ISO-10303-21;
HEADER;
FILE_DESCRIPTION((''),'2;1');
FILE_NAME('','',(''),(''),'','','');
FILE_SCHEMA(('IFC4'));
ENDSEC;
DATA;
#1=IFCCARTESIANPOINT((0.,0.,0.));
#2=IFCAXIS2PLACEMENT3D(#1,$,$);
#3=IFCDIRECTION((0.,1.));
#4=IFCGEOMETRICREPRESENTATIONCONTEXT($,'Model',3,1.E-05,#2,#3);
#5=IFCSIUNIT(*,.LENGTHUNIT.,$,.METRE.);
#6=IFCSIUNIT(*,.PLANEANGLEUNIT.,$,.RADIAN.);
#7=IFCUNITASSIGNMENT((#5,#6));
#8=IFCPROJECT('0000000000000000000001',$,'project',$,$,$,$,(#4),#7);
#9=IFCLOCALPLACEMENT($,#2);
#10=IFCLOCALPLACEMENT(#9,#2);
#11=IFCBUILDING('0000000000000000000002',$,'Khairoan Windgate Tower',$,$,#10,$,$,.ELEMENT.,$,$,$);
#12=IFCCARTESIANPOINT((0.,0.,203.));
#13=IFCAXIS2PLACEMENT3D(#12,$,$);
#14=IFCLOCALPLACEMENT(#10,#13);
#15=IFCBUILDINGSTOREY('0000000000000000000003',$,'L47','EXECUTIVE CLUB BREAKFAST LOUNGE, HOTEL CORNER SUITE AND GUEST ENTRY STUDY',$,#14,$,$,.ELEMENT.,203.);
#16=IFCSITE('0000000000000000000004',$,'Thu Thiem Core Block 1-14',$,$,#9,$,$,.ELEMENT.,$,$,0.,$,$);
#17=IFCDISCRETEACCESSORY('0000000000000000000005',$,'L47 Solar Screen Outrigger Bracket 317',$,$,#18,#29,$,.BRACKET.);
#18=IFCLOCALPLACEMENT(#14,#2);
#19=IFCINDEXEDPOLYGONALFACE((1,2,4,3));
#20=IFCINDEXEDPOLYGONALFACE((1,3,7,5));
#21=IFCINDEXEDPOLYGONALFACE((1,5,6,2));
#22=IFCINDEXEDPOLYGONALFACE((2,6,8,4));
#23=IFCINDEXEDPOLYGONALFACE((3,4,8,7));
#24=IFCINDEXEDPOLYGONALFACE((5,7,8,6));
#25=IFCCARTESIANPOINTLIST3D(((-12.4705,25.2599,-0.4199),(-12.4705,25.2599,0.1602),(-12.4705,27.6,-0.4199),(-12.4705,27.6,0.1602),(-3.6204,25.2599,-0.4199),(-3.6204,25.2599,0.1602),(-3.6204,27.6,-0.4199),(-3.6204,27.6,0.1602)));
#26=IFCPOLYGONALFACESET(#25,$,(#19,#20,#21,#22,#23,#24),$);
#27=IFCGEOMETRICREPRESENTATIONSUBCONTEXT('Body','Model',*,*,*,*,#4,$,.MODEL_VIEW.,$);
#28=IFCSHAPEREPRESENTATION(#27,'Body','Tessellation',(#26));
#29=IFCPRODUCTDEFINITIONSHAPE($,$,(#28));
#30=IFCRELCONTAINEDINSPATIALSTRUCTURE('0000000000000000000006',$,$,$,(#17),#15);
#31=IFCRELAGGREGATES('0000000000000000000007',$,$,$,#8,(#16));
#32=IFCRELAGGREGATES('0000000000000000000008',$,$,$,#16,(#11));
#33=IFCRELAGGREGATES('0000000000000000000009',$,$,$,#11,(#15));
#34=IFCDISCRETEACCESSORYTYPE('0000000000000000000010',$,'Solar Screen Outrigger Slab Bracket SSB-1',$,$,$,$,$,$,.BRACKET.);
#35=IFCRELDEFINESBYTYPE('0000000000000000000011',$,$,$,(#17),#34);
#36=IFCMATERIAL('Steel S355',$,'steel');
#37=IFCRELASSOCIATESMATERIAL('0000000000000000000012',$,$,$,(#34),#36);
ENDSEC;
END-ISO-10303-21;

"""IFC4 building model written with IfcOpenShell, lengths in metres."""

from ifc_helpers import new_model, si_unit, direction, frame, origin, origin_2d, place, context, subcontext, project, spatial, rectangle, extrude, material, type_object, element, save


model = new_model("IFC4")

# Units and contexts
model_context = context("Model", 3, precision=1e-05, world=origin(), true_north=direction((0.0, 1.0)))
body_context = subcontext(model_context, "Body", "Model", "MODEL_VIEW")
ifc_project = project(units=[si_unit("LENGTHUNIT", "METRE"), si_unit("PLANEANGLEUNIT", "RADIAN")], contexts=[model_context])

# Site, building, storey
site_placement = place(None, origin())
site = spatial("IfcSite", under=ifc_project, at=site_placement, Name="Thu Thiem Core Block 1-14", CompositionType="ELEMENT", RefElevation=0.0)
building_placement = place(site_placement, origin())
building = spatial("IfcBuilding", under=site, at=building_placement, Name="Khairoan Windgate Tower", CompositionType="ELEMENT")
storey_placement = place(building_placement, frame((0.0, 0.0, 203.0)))
storey = spatial("IfcBuildingStorey", under=building, at=storey_placement, Name="L47", Description="EXECUTIVE CLUB BREAKFAST LOUNGE, HOTEL CORNER SUITE AND GUEST ENTRY STUDY", CompositionType="ELEMENT", Elevation=203.0)

# Discrete accessory
ifc_material_1 = material(Name="Steel S355", Category="steel")
discrete_accessory_type = type_object("IfcDiscreteAccessoryType", Name="Solar Screen Outrigger Slab Bracket SSB-1", PredefinedType="BRACKET", material=ifc_material_1)
discrete_accessory_placement = place(storey_placement, frame((-8.0454, 26.4299, -0.4199), z_axis=(0.0, 0.0, 1.0), x_axis=(1.0, 0.0, 0.0)))
element("IfcDiscreteAccessory", 1, at=discrete_accessory_placement, inside=storey, type_object=discrete_accessory_type, Name="L47 Solar Screen Outrigger Bracket 317", PredefinedType="BRACKET", context=body_context, shape_type="SweptSolid", body=[
    extrude(rectangle(XDim=8.8501, YDim=2.3401, at=origin_2d()), origin(), (0.0, 0.0, 1.0), 0.5801),
])

save(model, "model.ifc")
